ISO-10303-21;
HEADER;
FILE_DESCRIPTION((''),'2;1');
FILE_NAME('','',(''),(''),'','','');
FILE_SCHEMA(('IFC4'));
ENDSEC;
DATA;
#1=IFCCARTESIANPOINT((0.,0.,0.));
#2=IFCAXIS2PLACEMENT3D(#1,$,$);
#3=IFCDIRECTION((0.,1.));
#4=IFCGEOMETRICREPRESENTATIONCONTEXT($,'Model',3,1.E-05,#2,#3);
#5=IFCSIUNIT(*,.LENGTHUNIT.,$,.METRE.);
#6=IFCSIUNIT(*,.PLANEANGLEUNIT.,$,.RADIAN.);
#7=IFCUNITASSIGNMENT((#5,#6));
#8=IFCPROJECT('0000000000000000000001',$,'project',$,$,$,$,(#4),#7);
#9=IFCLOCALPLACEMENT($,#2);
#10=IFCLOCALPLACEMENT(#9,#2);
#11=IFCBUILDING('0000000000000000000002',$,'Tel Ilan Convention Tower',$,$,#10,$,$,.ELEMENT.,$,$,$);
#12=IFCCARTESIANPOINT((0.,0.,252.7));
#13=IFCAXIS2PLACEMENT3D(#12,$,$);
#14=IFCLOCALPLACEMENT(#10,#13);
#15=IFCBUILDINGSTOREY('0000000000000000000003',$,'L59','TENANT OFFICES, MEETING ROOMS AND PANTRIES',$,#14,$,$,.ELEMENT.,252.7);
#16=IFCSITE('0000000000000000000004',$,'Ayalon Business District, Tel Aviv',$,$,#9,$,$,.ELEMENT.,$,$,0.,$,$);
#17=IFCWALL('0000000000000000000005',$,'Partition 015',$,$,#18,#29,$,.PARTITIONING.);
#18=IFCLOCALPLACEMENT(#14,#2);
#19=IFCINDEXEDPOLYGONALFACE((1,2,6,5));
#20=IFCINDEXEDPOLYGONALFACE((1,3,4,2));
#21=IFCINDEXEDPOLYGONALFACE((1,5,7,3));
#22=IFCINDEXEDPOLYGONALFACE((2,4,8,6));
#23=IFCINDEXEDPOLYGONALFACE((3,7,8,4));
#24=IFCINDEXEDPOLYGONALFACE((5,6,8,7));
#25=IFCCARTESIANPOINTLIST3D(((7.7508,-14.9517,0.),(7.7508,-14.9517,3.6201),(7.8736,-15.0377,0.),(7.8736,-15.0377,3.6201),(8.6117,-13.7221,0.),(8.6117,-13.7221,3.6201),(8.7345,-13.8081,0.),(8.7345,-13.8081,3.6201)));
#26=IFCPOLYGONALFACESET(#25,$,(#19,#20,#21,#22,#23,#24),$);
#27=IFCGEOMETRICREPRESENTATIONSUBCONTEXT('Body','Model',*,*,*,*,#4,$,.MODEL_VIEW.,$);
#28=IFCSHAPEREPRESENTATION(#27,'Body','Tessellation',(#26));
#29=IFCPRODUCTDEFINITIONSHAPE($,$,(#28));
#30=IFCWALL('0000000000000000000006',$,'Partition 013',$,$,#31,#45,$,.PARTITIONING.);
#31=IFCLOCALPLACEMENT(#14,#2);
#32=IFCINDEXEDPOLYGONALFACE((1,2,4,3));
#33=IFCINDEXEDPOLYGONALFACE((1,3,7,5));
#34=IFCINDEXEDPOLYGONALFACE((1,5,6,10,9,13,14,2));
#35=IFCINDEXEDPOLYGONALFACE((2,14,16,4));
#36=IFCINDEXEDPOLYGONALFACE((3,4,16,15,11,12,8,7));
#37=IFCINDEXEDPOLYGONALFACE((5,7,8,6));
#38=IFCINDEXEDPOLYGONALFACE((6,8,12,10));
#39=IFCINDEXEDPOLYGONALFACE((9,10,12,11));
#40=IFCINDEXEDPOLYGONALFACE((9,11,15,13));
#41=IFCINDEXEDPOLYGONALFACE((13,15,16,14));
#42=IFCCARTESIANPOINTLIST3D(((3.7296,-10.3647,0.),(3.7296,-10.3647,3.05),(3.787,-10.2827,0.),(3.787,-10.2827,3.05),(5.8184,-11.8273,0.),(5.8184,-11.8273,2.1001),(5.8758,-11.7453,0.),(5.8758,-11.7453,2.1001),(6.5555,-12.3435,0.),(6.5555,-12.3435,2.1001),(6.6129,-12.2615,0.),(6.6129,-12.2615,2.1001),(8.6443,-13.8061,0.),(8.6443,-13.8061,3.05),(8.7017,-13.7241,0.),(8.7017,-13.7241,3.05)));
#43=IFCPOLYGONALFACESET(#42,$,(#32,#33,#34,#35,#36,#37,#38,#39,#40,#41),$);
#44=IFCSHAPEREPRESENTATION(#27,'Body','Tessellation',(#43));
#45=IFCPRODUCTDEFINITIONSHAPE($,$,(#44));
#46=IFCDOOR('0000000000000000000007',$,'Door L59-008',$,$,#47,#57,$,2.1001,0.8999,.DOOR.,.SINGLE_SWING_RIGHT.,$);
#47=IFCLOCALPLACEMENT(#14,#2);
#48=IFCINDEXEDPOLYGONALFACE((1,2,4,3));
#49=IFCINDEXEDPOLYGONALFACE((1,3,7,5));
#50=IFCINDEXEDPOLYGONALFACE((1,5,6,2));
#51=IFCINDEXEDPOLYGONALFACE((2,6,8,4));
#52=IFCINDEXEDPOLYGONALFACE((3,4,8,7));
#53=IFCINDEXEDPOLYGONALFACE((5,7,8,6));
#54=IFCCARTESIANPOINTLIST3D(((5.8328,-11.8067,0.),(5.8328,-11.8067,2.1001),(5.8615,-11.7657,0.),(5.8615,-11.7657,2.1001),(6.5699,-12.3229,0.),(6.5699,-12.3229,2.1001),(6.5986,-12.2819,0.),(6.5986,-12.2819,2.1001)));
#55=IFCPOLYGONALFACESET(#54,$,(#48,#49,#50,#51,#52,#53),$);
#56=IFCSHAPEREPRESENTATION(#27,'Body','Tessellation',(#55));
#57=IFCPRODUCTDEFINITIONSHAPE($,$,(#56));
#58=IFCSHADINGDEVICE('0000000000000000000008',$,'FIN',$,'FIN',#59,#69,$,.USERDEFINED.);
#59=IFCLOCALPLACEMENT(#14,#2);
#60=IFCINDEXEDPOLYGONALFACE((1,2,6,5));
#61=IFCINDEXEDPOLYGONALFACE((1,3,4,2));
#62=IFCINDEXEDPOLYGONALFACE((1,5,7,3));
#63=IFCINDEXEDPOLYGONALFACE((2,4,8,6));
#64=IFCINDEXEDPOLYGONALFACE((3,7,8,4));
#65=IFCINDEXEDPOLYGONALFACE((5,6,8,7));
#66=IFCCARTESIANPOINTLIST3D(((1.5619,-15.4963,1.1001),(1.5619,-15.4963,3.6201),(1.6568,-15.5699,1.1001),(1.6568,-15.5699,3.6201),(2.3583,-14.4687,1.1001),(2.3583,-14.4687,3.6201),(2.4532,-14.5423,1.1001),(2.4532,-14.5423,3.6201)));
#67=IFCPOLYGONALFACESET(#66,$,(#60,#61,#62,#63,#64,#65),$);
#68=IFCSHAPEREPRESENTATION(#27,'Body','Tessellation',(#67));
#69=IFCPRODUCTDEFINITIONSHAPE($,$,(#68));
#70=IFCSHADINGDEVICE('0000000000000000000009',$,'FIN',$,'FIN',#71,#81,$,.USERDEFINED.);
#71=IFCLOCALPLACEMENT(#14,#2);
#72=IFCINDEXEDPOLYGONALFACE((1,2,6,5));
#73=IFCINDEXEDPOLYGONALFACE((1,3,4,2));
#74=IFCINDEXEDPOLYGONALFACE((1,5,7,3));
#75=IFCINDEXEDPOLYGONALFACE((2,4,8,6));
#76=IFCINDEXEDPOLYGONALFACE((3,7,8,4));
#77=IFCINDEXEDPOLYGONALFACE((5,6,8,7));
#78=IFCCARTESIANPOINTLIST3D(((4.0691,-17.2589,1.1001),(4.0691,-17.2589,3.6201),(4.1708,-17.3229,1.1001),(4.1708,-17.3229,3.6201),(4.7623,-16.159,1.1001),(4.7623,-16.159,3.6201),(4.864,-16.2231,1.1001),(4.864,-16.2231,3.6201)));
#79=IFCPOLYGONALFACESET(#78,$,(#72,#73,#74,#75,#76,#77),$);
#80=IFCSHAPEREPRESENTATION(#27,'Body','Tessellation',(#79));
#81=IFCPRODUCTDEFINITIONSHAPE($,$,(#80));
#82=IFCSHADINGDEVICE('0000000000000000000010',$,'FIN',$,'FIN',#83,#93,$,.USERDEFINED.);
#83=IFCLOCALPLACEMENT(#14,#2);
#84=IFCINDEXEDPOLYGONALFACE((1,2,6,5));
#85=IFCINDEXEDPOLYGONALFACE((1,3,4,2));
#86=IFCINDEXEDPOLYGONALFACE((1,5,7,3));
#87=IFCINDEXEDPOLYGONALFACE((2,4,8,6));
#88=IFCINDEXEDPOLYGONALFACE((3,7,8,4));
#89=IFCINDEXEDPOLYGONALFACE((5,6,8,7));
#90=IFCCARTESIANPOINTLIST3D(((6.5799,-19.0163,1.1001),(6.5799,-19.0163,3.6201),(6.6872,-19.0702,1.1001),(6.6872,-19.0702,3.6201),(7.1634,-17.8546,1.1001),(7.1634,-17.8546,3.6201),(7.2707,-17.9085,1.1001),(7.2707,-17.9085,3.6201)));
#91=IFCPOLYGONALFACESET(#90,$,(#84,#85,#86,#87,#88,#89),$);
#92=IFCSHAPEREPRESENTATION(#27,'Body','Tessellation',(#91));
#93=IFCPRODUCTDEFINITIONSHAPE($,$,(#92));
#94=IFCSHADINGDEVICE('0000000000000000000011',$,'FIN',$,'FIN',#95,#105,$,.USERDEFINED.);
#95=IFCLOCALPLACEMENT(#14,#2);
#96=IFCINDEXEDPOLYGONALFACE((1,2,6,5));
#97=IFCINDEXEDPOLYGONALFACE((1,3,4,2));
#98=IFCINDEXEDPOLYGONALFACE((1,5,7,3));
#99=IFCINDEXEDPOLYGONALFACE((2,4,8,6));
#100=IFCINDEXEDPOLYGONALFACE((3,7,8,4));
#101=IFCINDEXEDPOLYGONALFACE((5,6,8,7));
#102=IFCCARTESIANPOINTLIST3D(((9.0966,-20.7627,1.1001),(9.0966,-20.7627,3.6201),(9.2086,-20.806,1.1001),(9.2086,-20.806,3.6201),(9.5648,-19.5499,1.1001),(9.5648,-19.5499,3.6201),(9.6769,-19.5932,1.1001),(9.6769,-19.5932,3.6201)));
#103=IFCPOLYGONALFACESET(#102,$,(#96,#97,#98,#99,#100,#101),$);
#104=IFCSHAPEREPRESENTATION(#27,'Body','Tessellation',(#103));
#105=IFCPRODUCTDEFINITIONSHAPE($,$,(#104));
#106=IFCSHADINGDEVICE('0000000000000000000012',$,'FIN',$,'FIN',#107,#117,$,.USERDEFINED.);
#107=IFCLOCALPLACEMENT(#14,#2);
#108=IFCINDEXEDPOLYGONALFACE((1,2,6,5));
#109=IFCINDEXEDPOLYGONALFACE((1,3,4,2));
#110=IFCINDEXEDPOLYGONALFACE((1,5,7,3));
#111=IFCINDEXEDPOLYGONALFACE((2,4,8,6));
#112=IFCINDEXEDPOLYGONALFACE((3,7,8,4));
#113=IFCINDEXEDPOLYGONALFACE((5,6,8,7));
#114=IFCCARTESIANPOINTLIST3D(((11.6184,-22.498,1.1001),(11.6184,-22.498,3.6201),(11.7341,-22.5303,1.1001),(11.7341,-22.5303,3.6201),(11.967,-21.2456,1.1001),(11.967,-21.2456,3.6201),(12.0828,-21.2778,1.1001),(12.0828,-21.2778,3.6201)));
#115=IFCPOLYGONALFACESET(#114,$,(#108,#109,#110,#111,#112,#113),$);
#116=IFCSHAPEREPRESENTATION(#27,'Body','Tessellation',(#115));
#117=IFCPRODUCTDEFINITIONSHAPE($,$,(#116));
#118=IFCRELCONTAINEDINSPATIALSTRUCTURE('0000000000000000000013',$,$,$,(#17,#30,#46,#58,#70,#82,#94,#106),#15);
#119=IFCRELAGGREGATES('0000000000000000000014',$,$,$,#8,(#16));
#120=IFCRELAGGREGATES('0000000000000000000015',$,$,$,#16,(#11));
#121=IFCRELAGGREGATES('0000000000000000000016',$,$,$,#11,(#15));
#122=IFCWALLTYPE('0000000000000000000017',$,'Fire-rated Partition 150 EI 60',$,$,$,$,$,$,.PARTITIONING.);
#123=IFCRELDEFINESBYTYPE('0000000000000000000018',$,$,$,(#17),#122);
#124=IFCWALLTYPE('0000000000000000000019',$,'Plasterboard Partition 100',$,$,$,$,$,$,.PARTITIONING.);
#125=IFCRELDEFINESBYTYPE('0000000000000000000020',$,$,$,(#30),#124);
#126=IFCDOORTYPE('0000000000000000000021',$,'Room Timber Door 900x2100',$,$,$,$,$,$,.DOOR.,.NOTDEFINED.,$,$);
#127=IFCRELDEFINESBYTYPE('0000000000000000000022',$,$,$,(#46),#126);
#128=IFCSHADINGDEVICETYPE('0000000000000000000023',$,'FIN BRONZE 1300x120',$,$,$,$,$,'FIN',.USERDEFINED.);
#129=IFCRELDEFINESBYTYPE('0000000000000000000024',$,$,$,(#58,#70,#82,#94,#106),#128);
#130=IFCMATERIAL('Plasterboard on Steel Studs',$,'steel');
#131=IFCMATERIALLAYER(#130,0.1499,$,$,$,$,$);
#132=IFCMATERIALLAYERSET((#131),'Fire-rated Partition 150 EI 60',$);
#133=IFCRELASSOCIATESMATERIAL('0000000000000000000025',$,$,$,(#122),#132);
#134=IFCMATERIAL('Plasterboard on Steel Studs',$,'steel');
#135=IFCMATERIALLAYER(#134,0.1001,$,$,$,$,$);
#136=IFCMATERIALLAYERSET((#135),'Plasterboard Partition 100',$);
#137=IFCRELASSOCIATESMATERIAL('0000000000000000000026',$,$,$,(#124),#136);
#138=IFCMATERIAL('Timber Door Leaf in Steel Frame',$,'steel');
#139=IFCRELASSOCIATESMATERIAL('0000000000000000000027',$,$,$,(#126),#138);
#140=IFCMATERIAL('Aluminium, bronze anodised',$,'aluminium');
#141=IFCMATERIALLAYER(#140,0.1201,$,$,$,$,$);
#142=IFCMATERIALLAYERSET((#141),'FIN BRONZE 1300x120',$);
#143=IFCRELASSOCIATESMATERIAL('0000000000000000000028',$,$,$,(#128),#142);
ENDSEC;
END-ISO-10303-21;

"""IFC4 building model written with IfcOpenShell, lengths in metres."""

from ifc_helpers import new_model, si_unit, direction, frame, frame_2d, origin, origin_2d, place, context, subcontext, project, spatial, rectangle, extrude, material, layer, layer_set, type_object, element, fill, save


model = new_model("IFC4")

# Units and contexts
model_context = context("Model", 3, precision=1e-05, world=origin(), true_north=direction((0.0, 1.0)))
body_context = subcontext(model_context, "Body", "Model", "MODEL_VIEW")
ifc_project = project(units=[si_unit("LENGTHUNIT", "METRE"), si_unit("PLANEANGLEUNIT", "RADIAN")], contexts=[model_context])

# Site, building, storey
site_placement = place(None, origin())
site = spatial("IfcSite", under=ifc_project, at=site_placement, Name="Ayalon Business District, Tel Aviv", CompositionType="ELEMENT", RefElevation=0.0)
building_placement = place(site_placement, origin())
building = spatial("IfcBuilding", under=site, at=building_placement, Name="Tel Ilan Convention Tower", CompositionType="ELEMENT")
storey_placement = place(building_placement, frame((0.0, 0.0, 252.7)))
storey = spatial("IfcBuildingStorey", under=building, at=storey_placement, Name="L59", Description="TENANT OFFICES, MEETING ROOMS AND PANTRIES", CompositionType="ELEMENT", Elevation=252.7)

# Wall
ifc_material_1 = material(Name="Plasterboard on Steel Studs", Category="steel")
ifc_layer_1 = layer(ifc_material_1, 0.1499)
ifc_layer_set_1 = layer_set([ifc_layer_1], Name="Fire-rated Partition 150 EI 60")
wall_type_1 = type_object("IfcWallType", Name="Fire-rated Partition 150 EI 60", PredefinedType="PARTITIONING", material=ifc_layer_set_1)
wall_1_placement = place(storey_placement, frame((8.6731, -13.7651, 0.0), z_axis=(0.0, 0.0, 1.0), x_axis=(-0.57355, -0.819171, 0.0)))
element("IfcWall", 1, at=wall_1_placement, inside=storey, type_object=wall_type_1, Name="Partition 015", PredefinedType="PARTITIONING", context=body_context, shape_type="SweptSolid", body=[
    extrude(rectangle(XDim=1.501, YDim=0.1499, at=frame_2d((0.7505, 0.0))), origin(), (0.0, 0.0, 1.0), 3.6201),
])

# Wall, opening, door
ifc_material_2 = material(Name="Plasterboard on Steel Studs", Category="steel")
ifc_layer_2 = layer(ifc_material_2, 0.1001)
ifc_layer_set_2 = layer_set([ifc_layer_2], Name="Plasterboard Partition 100")
wall_type_2 = type_object("IfcWallType", Name="Plasterboard Partition 100", PredefinedType="PARTITIONING", material=ifc_layer_set_2)
wall_2_placement = place(storey_placement, frame((8.6731, -13.7651, 0.0), z_axis=(0.0, 0.0, 1.0), x_axis=(-0.81915, 0.57358, 0.0)))
wall_2 = element("IfcWall", 2, at=wall_2_placement, inside=storey, type_object=wall_type_2, Name="Partition 013", PredefinedType="PARTITIONING", context=body_context, shape_type="SweptSolid", body=[
    extrude(rectangle(XDim=5.9998, YDim=0.1001, at=frame_2d((3.0, 0.0))), origin(), (0.0, 0.0, 1.0), 3.05),
])
opening_placement = place(wall_2_placement, frame((2.55, 0.0, 0.0)))
opening = element("IfcOpeningElement", 3, at=opening_placement, cuts=wall_2, PredefinedType="OPENING", context=body_context, shape_type="SweptSolid", body=[
    extrude(rectangle(XDim=0.8999, YDim=2.1001, at=frame_2d((0.45, 1.05))), frame((0.0, 0.0601, 0.0), z_axis=(0.0, -1.0, 0.0), x_axis=(1.0, 0.0, 0.0)), (0.0, 0.0, 1.0), 0.1201),
])
ifc_material_3 = material(Name="Timber Door Leaf in Steel Frame", Category="steel")
door_type = type_object("IfcDoorType", Name="Room Timber Door 900x2100", OperationType="NOTDEFINED", PredefinedType="DOOR", material=ifc_material_3)
door_placement = place(opening_placement, origin())
door = element("IfcDoor", 4, at=door_placement, inside=storey, type_object=door_type, Name="Door L59-008", OperationType="SINGLE_SWING_RIGHT", OverallHeight=2.1001, OverallWidth=0.8999, PredefinedType="DOOR", context=body_context, shape_type="SweptSolid", body=[
    extrude(rectangle(XDim=0.8999, YDim=2.1001, at=frame_2d((0.45, 1.05))), frame((0.0, 0.0249, 0.0), z_axis=(0.0, -1.0, 0.0), x_axis=(1.0, 0.0, 0.0)), (0.0, 0.0, 1.0), 0.05),
])
fill(opening, door)

# Shading devices
ifc_material_4 = material(Name="Aluminium, bronze anodised", Category="aluminium")
ifc_layer_3 = layer(ifc_material_4, 0.1201)
ifc_layer_set_3 = layer_set([ifc_layer_3], Name="FIN BRONZE 1300x120")
shading_device_type = type_object("IfcShadingDeviceType", Name="FIN BRONZE 1300x120", ElementType="FIN", PredefinedType="USERDEFINED", material=ifc_layer_set_3)
for number, where, z_axis, x_axis, name in (
    (5, (2.0076, -15.0193, 1.1001), (0.0, 0.0, 1.0), (-0.612601, -0.790393, 0.0), "FIN"),
    (6, (4.4666, -16.741, 1.1001), (0.0, 0.0, 1.0), (-0.533204, -0.845986, 0.0), "FIN"),
    (7, (6.9253, -18.4624, 1.1001), (0.0, 0.0, 1.0), (-0.448799, -0.893633, 0.0), "FIN"),
    (8, (9.3867, -20.178, 1.1001), (0.0, 0.0, 1.0), (-0.360178, -0.932884, 0.0), "FIN"),
    (9, (11.8506, -21.8879, 1.1001), (0.0, 0.0, 1.0), (-0.268173, -0.963371, 0.0), "FIN"),
):
    element("IfcShadingDevice", number, at=place(storey_placement, frame(where, z_axis=z_axis, x_axis=x_axis)), inside=storey, type_object=shading_device_type, Name=name, ObjectType="FIN", PredefinedType="USERDEFINED", context=body_context, shape_type="SweptSolid", body=[
        extrude(rectangle(XDim=1.3, YDim=0.1201, at=origin_2d()), origin(), (0.0, 0.0, 1.0), 2.52),
    ])

save(model, "model.ifc")
